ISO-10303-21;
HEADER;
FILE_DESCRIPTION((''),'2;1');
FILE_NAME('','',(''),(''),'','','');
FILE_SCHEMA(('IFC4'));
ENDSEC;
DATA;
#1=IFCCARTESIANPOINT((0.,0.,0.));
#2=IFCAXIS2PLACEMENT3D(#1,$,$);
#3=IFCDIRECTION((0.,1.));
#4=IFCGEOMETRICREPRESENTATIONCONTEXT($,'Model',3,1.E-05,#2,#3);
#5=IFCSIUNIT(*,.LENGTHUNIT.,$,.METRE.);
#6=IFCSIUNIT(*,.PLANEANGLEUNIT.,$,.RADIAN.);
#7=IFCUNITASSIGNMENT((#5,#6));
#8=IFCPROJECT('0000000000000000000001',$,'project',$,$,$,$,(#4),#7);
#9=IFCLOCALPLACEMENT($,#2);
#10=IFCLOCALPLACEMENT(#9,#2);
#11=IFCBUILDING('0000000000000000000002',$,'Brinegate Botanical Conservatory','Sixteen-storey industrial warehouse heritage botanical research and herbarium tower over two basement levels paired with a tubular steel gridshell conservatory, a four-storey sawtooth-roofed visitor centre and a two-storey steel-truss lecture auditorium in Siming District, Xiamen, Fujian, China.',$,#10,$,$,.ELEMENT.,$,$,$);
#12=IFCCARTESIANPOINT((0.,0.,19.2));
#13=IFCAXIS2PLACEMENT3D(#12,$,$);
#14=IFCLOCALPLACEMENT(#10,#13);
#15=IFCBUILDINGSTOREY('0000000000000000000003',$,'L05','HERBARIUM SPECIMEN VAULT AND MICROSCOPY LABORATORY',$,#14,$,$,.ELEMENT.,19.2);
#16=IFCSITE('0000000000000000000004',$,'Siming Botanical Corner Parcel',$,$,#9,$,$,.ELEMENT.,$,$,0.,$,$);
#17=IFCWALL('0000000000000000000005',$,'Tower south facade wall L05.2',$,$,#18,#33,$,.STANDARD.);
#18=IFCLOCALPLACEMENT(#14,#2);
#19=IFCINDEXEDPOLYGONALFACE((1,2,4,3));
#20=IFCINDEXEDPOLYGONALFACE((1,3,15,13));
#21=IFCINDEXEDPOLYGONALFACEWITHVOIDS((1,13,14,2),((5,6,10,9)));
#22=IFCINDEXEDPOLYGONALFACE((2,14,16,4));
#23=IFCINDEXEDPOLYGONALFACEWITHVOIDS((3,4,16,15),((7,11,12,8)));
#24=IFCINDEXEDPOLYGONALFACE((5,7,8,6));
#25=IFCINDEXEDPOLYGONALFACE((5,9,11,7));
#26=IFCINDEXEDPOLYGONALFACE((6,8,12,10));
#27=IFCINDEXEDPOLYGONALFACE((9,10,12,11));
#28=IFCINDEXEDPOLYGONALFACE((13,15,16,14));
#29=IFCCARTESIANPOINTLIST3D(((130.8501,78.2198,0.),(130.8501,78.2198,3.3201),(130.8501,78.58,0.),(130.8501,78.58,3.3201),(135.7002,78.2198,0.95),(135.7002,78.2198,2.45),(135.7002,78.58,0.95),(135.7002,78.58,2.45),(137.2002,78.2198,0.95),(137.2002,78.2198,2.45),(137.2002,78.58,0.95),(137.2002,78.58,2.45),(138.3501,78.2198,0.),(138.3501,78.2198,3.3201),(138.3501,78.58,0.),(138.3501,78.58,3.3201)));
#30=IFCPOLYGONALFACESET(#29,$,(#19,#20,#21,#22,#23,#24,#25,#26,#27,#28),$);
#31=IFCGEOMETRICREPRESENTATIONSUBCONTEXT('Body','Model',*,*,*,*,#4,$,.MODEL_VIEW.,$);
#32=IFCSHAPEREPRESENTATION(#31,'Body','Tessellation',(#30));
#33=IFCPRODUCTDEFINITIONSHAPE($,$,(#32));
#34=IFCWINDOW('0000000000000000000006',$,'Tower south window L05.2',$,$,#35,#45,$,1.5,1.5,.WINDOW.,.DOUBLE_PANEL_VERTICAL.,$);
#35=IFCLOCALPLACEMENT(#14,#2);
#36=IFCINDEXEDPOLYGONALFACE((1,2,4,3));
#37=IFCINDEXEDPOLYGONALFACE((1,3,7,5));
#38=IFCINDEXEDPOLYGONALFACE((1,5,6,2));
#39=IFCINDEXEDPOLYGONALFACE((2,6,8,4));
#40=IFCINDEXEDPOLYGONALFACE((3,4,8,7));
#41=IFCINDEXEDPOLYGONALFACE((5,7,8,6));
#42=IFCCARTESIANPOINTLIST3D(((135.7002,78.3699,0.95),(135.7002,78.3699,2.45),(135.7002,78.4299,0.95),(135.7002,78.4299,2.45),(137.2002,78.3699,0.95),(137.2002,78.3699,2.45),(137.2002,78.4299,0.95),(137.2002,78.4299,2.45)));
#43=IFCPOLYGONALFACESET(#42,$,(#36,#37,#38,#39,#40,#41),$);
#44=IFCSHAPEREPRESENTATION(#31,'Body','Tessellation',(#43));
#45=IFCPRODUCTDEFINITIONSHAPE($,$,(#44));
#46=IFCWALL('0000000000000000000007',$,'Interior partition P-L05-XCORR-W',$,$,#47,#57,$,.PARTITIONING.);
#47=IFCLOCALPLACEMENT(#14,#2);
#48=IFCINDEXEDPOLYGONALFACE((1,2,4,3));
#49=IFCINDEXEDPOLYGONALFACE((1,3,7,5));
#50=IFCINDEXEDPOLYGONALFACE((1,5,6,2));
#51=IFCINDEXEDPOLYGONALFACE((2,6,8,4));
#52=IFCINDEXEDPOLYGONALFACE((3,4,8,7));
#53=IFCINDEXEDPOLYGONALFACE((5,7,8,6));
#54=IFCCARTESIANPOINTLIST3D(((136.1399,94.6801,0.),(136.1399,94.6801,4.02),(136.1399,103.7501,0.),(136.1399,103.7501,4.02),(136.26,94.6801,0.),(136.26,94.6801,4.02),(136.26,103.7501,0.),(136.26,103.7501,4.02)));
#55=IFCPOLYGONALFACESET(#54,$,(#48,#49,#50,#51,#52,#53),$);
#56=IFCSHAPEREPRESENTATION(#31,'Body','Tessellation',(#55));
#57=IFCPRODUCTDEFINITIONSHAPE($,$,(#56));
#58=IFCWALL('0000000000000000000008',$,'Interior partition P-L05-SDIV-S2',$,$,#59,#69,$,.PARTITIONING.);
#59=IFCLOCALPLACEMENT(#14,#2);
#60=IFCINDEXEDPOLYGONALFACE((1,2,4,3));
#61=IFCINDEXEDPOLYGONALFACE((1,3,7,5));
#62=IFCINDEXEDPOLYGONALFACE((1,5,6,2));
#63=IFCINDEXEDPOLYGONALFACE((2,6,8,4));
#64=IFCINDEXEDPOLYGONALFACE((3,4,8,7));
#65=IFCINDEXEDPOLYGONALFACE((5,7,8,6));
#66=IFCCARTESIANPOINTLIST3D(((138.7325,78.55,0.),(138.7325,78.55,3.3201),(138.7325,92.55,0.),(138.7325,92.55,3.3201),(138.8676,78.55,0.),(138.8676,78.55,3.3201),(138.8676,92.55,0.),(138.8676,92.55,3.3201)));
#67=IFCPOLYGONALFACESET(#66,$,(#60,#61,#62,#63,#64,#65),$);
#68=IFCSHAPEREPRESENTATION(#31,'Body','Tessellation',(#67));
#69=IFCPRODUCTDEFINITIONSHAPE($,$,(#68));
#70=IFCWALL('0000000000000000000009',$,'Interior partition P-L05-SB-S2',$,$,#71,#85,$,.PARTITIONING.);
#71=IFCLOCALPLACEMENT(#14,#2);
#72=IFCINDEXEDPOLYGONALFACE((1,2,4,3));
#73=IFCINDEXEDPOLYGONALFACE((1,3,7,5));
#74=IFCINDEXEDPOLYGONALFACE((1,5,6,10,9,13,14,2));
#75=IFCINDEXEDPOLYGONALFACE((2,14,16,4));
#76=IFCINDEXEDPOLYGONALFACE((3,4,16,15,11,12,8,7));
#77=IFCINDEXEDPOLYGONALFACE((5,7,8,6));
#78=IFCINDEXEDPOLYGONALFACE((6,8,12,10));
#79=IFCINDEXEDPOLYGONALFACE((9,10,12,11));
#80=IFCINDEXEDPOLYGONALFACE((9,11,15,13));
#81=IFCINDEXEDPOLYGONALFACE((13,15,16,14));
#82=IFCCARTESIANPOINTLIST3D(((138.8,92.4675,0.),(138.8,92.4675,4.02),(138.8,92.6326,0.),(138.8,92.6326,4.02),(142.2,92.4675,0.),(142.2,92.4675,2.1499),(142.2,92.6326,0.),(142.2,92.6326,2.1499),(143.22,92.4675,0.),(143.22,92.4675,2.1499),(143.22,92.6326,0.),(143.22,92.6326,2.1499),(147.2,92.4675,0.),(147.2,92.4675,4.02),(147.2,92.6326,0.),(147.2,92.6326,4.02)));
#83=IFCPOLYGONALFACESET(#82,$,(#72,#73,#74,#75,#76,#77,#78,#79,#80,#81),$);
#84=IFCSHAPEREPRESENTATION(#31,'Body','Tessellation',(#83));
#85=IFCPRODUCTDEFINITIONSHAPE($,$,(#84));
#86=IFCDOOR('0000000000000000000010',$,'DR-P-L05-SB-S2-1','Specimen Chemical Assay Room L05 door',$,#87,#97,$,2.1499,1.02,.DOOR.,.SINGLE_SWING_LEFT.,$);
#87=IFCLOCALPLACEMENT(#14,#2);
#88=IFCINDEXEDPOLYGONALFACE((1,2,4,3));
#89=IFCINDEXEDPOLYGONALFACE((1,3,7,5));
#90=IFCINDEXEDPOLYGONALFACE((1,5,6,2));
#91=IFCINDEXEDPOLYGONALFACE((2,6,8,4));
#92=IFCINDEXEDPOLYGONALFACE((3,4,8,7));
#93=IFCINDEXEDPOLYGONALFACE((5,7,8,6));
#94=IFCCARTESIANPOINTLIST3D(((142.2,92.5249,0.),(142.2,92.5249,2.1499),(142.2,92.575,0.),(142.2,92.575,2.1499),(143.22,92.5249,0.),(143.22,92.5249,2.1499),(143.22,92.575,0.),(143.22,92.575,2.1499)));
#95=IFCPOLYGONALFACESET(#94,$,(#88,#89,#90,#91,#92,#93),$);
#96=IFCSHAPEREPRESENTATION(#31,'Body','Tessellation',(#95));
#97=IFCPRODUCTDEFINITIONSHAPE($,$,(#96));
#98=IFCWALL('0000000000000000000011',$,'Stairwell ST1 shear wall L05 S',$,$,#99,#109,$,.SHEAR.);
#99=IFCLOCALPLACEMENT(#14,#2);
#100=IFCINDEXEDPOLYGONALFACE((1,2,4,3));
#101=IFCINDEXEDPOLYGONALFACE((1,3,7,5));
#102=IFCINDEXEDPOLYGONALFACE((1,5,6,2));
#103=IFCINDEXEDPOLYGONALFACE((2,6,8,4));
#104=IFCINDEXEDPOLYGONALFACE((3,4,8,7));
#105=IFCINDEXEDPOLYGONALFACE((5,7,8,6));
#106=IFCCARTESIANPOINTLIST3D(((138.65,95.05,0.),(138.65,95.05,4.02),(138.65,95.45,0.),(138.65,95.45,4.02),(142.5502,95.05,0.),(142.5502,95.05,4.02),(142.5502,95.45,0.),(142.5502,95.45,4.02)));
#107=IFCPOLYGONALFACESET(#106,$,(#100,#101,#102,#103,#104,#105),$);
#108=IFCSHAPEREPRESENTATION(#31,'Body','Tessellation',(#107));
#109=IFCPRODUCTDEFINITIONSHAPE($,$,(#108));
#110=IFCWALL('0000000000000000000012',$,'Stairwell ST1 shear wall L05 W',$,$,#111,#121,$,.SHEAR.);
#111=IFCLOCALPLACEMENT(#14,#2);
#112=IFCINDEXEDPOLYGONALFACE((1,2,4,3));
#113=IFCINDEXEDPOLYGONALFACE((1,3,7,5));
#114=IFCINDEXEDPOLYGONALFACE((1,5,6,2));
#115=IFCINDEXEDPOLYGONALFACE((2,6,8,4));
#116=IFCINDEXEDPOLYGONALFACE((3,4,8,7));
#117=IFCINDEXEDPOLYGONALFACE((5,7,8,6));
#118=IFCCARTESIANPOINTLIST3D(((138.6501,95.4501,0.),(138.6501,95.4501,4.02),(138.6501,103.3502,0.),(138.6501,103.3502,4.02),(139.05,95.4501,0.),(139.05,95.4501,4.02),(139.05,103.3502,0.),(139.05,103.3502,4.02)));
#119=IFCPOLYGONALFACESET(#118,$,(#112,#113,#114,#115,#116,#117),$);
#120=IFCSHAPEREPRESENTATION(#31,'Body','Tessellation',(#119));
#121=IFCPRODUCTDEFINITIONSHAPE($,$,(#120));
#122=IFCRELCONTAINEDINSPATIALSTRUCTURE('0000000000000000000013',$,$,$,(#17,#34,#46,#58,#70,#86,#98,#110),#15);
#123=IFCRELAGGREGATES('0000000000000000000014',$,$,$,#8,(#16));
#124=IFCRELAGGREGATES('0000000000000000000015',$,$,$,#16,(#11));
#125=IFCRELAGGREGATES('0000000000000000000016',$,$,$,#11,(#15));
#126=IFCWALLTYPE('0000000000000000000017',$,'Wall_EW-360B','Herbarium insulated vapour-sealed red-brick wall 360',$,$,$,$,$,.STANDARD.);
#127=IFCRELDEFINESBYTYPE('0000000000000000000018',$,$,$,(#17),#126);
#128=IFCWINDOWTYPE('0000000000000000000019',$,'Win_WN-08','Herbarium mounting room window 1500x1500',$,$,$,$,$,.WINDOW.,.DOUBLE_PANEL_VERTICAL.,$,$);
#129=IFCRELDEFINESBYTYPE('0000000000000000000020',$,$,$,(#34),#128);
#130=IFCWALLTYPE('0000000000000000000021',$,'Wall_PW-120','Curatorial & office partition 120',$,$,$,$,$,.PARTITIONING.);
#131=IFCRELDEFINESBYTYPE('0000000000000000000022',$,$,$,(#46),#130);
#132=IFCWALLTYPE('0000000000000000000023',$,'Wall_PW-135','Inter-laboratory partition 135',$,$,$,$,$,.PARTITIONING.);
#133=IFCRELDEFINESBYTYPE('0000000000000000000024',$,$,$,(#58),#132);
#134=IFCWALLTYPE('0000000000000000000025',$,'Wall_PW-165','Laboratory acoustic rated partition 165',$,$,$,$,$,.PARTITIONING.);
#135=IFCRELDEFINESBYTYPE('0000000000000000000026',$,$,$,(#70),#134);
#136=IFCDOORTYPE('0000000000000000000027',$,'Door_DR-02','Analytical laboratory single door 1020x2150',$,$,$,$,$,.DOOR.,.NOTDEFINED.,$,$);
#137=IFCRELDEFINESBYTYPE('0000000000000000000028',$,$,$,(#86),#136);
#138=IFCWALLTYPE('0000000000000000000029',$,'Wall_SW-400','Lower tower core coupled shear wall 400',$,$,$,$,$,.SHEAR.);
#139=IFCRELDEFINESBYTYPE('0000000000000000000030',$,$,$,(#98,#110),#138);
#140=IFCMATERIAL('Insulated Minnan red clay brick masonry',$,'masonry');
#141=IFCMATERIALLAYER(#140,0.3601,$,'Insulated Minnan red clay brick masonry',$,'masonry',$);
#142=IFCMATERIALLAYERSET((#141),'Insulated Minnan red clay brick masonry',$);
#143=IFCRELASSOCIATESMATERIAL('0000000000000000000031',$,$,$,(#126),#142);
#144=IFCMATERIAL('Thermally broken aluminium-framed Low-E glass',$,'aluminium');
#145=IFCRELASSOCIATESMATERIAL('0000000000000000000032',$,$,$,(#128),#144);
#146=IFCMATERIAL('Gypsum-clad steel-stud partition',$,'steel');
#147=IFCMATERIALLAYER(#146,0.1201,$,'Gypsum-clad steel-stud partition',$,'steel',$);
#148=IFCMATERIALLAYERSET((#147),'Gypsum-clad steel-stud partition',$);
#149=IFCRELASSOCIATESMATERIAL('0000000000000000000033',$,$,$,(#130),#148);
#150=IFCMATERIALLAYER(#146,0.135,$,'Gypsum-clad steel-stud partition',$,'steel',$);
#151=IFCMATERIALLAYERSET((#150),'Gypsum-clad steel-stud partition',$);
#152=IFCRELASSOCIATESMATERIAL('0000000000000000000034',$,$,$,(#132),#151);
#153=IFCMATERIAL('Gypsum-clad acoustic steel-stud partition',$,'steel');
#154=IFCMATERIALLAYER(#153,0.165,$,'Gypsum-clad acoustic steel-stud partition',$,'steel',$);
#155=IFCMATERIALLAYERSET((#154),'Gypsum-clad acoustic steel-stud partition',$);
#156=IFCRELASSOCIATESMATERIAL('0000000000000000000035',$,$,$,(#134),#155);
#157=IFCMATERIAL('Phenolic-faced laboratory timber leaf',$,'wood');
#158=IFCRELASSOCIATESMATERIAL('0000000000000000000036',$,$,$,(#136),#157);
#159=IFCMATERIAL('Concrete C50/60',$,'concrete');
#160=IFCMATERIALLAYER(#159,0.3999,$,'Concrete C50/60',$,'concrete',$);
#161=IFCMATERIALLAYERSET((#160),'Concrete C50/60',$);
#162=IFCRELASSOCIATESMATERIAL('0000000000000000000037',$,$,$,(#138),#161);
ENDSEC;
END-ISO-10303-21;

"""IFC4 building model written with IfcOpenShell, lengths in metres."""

from ifc_helpers import new_model, si_unit, direction, frame, frame_2d, origin, place, context, subcontext, project, spatial, rectangle, extrude, material, layer, layer_set, type_object, element, fill, save


model = new_model("IFC4")

# Units and contexts
model_context = context("Model", 3, precision=1e-05, world=origin(), true_north=direction((0.0, 1.0)))
body_context = subcontext(model_context, "Body", "Model", "MODEL_VIEW")
ifc_project = project(units=[si_unit("LENGTHUNIT", "METRE"), si_unit("PLANEANGLEUNIT", "RADIAN")], contexts=[model_context])

# Site, building, storey
site_placement = place(None, origin())
site = spatial("IfcSite", under=ifc_project, at=site_placement, Name="Siming Botanical Corner Parcel", CompositionType="ELEMENT", RefElevation=0.0)
building_placement = place(site_placement, origin())
building = spatial("IfcBuilding", under=site, at=building_placement, Name="Brinegate Botanical Conservatory", Description="Sixteen-storey industrial warehouse heritage botanical research and herbarium tower over two basement levels paired with a tubular steel gridshell conservatory, a four-storey sawtooth-roofed visitor centre and a two-storey steel-truss lecture auditorium in Siming District, Xiamen, Fujian, China.", CompositionType="ELEMENT")
storey_placement = place(building_placement, frame((0.0, 0.0, 19.2)))
storey = spatial("IfcBuildingStorey", under=building, at=storey_placement, Name="L05", Description="HERBARIUM SPECIMEN VAULT AND MICROSCOPY LABORATORY", CompositionType="ELEMENT", Elevation=19.2)

# Shared definitions
ifc_material_1 = material(Name="Concrete C50/60", Category="concrete")

# Wall, opening, window
ifc_material_2 = material(Name="Insulated Minnan red clay brick masonry", Category="masonry")
ifc_layer_1 = layer(ifc_material_2, 0.3601, Name="Insulated Minnan red clay brick masonry", Category="masonry")
ifc_layer_set_1 = layer_set([ifc_layer_1], Name="Insulated Minnan red clay brick masonry")
wall_type_1 = type_object("IfcWallType", Name="Wall_EW-360B", Description="Herbarium insulated vapour-sealed red-brick wall 360", PredefinedType="STANDARD", material=ifc_layer_set_1)
wall_1_placement = place(storey_placement, frame((138.3501, 78.3999, 0.0), z_axis=(0.0, 0.0, 1.0), x_axis=(-1.0, 0.0, 0.0)))
wall_1 = element("IfcWall", 1, at=wall_1_placement, inside=storey, type_object=wall_type_1, Name="Tower south facade wall L05.2", PredefinedType="STANDARD", context=body_context, shape_type="SweptSolid", body=[
    extrude(rectangle(XDim=7.5, YDim=0.3601, at=frame_2d((3.75, 0.0))), origin(), (0.0, 0.0, 1.0), 3.3201),
])
opening_1_placement = place(wall_1_placement, frame((1.1499, 0.0, 0.95)))
opening_1 = element("IfcOpeningElement", 2, at=opening_1_placement, cuts=wall_1, PredefinedType="OPENING", context=body_context, shape_type="SweptSolid", body=[
    extrude(rectangle(XDim=1.5, YDim=1.5, at=frame_2d((0.75, 0.75))), frame((0.0, 0.1899, 0.0), z_axis=(0.0, -1.0, 0.0), x_axis=(1.0, 0.0, 0.0)), (0.0, 0.0, 1.0), 0.3801),
])
ifc_material_3 = material(Name="Thermally broken aluminium-framed Low-E glass", Category="aluminium")
window_type = type_object("IfcWindowType", Name="Win_WN-08", Description="Herbarium mounting room window 1500x1500", PartitioningType="DOUBLE_PANEL_VERTICAL", PredefinedType="WINDOW", material=ifc_material_3)
window_placement = place(opening_1_placement, origin())
window = element("IfcWindow", 3, at=window_placement, inside=storey, type_object=window_type, Name="Tower south window L05.2", OverallHeight=1.5, OverallWidth=1.5, PartitioningType="DOUBLE_PANEL_VERTICAL", PredefinedType="WINDOW", context=body_context, shape_type="SweptSolid", body=[
    extrude(rectangle(XDim=1.5, YDim=1.5, at=frame_2d((0.75, 0.75))), frame((0.0, 0.03, 0.0), z_axis=(0.0, -1.0, 0.0), x_axis=(1.0, 0.0, 0.0)), (0.0, 0.0, 1.0), 0.0601),
])
fill(opening_1, window)

# Walls
ifc_material_4 = material(Name="Gypsum-clad steel-stud partition", Category="steel")
ifc_layer_2 = layer(ifc_material_4, 0.1201, Name="Gypsum-clad steel-stud partition", Category="steel")
ifc_layer_set_2 = layer_set([ifc_layer_2], Name="Gypsum-clad steel-stud partition")
wall_type_2 = type_object("IfcWallType", Name="Wall_PW-120", Description="Curatorial & office partition 120", PredefinedType="PARTITIONING", material=ifc_layer_set_2)
wall_2_placement = place(storey_placement, frame((136.2, 94.6799, 0.0), z_axis=(0.0, 0.0, 1.0), x_axis=(0.0, 1.0, 0.0)))
element("IfcWall", 4, at=wall_2_placement, inside=storey, type_object=wall_type_2, Name="Interior partition P-L05-XCORR-W", PredefinedType="PARTITIONING", context=body_context, shape_type="SweptSolid", body=[
    extrude(rectangle(XDim=9.0701, YDim=0.1201, at=frame_2d((4.5352, 0.0))), origin(), (0.0, 0.0, 1.0), 4.02),
])
ifc_layer_3 = layer(ifc_material_4, 0.135, Name="Gypsum-clad steel-stud partition", Category="steel")
ifc_layer_set_3 = layer_set([ifc_layer_3], Name="Gypsum-clad steel-stud partition")
wall_type_3 = type_object("IfcWallType", Name="Wall_PW-135", Description="Inter-laboratory partition 135", PredefinedType="PARTITIONING", material=ifc_layer_set_3)
wall_3_placement = place(storey_placement, frame((138.8, 78.55, 0.0), z_axis=(0.0, 0.0, 1.0), x_axis=(0.0, 1.0, 0.0)))
element("IfcWall", 5, at=wall_3_placement, inside=storey, type_object=wall_type_3, Name="Interior partition P-L05-SDIV-S2", PredefinedType="PARTITIONING", context=body_context, shape_type="SweptSolid", body=[
    extrude(rectangle(XDim=14.0, YDim=0.135, at=frame_2d((7.0, 0.0))), origin(), (0.0, 0.0, 1.0), 3.3201),
])

# Wall, opening, door
ifc_material_5 = material(Name="Gypsum-clad acoustic steel-stud partition", Category="steel")
ifc_layer_4 = layer(ifc_material_5, 0.165, Name="Gypsum-clad acoustic steel-stud partition", Category="steel")
ifc_layer_set_4 = layer_set([ifc_layer_4], Name="Gypsum-clad acoustic steel-stud partition")
wall_type_4 = type_object("IfcWallType", Name="Wall_PW-165", Description="Laboratory acoustic rated partition 165", PredefinedType="PARTITIONING", material=ifc_layer_set_4)
wall_4_placement = place(storey_placement, frame((138.8, 92.55, 0.0), z_axis=(0.0, 0.0, 1.0), x_axis=(1.0, 0.0, 0.0)))
wall_4 = element("IfcWall", 6, at=wall_4_placement, inside=storey, type_object=wall_type_4, Name="Interior partition P-L05-SB-S2", PredefinedType="PARTITIONING", context=body_context, shape_type="SweptSolid", body=[
    extrude(rectangle(XDim=8.3999, YDim=0.165, at=frame_2d((4.2, 0.0))), origin(), (0.0, 0.0, 1.0), 4.02),
])
opening_2_placement = place(wall_4_placement, frame((3.3999, 0.0, 0.0)))
opening_2 = element("IfcOpeningElement", 7, at=opening_2_placement, cuts=wall_4, PredefinedType="OPENING", context=body_context, shape_type="SweptSolid", body=[
    extrude(rectangle(XDim=1.02, YDim=2.1499, at=frame_2d((0.51, 1.075))), frame((0.0, 0.0925, 0.0), z_axis=(0.0, -1.0, 0.0), x_axis=(1.0, 0.0, 0.0)), (0.0, 0.0, 1.0), 0.1851),
])
ifc_material_6 = material(Name="Phenolic-faced laboratory timber leaf", Category="wood")
door_type_1 = type_object("IfcDoorType", Name="Door_DR-02", Description="Analytical laboratory single door 1020x2150", OperationType="NOTDEFINED", PredefinedType="DOOR", material=ifc_material_6)
door_1_placement = place(opening_2_placement, origin())
door_1 = element("IfcDoor", 8, at=door_1_placement, inside=storey, type_object=door_type_1, Name="DR-P-L05-SB-S2-1", Description="Specimen Chemical Assay Room L05 door", OperationType="SINGLE_SWING_LEFT", OverallHeight=2.1499, OverallWidth=1.02, PredefinedType="DOOR", context=body_context, shape_type="SweptSolid", body=[
    extrude(rectangle(XDim=1.02, YDim=2.1499, at=frame_2d((0.51, 1.075))), frame((0.0, 0.0249, 0.0), z_axis=(0.0, -1.0, 0.0), x_axis=(1.0, 0.0, 0.0)), (0.0, 0.0, 1.0), 0.05),
])
fill(opening_2, door_1)

# Walls
ifc_layer_5 = layer(ifc_material_1, 0.3999, Name="Concrete C50/60", Category="concrete")
ifc_layer_set_5 = layer_set([ifc_layer_5], Name="Concrete C50/60")
wall_type_5 = type_object("IfcWallType", Name="Wall_SW-400", Description="Lower tower core coupled shear wall 400", PredefinedType="SHEAR", material=ifc_layer_set_5)
wall_5_placement = place(storey_placement, frame((138.6499, 95.25, 0.0), z_axis=(0.0, 0.0, 1.0), x_axis=(1.0, 0.0, 0.0)))
element("IfcWall", 9, at=wall_5_placement, inside=storey, type_object=wall_type_5, Name="Stairwell ST1 shear wall L05 S", PredefinedType="SHEAR", context=body_context, shape_type="SweptSolid", body=[
    extrude(rectangle(XDim=3.9001, YDim=0.3999, at=frame_2d((1.9502, 0.0))), origin(), (0.0, 0.0, 1.0), 4.02),
])
wall_6_placement = place(storey_placement, frame((138.8501, 95.45, 0.0), z_axis=(0.0, 0.0, 1.0), x_axis=(0.0, 1.0, 0.0)))
element("IfcWall", 10, at=wall_6_placement, inside=storey, type_object=wall_type_5, Name="Stairwell ST1 shear wall L05 W", PredefinedType="SHEAR", context=body_context, shape_type="SweptSolid", body=[
    extrude(rectangle(XDim=7.9001, YDim=0.3999, at=frame_2d((3.9502, 0.0))), origin(), (0.0, 0.0, 1.0), 4.02),
])

save(model, "model.ifc")
